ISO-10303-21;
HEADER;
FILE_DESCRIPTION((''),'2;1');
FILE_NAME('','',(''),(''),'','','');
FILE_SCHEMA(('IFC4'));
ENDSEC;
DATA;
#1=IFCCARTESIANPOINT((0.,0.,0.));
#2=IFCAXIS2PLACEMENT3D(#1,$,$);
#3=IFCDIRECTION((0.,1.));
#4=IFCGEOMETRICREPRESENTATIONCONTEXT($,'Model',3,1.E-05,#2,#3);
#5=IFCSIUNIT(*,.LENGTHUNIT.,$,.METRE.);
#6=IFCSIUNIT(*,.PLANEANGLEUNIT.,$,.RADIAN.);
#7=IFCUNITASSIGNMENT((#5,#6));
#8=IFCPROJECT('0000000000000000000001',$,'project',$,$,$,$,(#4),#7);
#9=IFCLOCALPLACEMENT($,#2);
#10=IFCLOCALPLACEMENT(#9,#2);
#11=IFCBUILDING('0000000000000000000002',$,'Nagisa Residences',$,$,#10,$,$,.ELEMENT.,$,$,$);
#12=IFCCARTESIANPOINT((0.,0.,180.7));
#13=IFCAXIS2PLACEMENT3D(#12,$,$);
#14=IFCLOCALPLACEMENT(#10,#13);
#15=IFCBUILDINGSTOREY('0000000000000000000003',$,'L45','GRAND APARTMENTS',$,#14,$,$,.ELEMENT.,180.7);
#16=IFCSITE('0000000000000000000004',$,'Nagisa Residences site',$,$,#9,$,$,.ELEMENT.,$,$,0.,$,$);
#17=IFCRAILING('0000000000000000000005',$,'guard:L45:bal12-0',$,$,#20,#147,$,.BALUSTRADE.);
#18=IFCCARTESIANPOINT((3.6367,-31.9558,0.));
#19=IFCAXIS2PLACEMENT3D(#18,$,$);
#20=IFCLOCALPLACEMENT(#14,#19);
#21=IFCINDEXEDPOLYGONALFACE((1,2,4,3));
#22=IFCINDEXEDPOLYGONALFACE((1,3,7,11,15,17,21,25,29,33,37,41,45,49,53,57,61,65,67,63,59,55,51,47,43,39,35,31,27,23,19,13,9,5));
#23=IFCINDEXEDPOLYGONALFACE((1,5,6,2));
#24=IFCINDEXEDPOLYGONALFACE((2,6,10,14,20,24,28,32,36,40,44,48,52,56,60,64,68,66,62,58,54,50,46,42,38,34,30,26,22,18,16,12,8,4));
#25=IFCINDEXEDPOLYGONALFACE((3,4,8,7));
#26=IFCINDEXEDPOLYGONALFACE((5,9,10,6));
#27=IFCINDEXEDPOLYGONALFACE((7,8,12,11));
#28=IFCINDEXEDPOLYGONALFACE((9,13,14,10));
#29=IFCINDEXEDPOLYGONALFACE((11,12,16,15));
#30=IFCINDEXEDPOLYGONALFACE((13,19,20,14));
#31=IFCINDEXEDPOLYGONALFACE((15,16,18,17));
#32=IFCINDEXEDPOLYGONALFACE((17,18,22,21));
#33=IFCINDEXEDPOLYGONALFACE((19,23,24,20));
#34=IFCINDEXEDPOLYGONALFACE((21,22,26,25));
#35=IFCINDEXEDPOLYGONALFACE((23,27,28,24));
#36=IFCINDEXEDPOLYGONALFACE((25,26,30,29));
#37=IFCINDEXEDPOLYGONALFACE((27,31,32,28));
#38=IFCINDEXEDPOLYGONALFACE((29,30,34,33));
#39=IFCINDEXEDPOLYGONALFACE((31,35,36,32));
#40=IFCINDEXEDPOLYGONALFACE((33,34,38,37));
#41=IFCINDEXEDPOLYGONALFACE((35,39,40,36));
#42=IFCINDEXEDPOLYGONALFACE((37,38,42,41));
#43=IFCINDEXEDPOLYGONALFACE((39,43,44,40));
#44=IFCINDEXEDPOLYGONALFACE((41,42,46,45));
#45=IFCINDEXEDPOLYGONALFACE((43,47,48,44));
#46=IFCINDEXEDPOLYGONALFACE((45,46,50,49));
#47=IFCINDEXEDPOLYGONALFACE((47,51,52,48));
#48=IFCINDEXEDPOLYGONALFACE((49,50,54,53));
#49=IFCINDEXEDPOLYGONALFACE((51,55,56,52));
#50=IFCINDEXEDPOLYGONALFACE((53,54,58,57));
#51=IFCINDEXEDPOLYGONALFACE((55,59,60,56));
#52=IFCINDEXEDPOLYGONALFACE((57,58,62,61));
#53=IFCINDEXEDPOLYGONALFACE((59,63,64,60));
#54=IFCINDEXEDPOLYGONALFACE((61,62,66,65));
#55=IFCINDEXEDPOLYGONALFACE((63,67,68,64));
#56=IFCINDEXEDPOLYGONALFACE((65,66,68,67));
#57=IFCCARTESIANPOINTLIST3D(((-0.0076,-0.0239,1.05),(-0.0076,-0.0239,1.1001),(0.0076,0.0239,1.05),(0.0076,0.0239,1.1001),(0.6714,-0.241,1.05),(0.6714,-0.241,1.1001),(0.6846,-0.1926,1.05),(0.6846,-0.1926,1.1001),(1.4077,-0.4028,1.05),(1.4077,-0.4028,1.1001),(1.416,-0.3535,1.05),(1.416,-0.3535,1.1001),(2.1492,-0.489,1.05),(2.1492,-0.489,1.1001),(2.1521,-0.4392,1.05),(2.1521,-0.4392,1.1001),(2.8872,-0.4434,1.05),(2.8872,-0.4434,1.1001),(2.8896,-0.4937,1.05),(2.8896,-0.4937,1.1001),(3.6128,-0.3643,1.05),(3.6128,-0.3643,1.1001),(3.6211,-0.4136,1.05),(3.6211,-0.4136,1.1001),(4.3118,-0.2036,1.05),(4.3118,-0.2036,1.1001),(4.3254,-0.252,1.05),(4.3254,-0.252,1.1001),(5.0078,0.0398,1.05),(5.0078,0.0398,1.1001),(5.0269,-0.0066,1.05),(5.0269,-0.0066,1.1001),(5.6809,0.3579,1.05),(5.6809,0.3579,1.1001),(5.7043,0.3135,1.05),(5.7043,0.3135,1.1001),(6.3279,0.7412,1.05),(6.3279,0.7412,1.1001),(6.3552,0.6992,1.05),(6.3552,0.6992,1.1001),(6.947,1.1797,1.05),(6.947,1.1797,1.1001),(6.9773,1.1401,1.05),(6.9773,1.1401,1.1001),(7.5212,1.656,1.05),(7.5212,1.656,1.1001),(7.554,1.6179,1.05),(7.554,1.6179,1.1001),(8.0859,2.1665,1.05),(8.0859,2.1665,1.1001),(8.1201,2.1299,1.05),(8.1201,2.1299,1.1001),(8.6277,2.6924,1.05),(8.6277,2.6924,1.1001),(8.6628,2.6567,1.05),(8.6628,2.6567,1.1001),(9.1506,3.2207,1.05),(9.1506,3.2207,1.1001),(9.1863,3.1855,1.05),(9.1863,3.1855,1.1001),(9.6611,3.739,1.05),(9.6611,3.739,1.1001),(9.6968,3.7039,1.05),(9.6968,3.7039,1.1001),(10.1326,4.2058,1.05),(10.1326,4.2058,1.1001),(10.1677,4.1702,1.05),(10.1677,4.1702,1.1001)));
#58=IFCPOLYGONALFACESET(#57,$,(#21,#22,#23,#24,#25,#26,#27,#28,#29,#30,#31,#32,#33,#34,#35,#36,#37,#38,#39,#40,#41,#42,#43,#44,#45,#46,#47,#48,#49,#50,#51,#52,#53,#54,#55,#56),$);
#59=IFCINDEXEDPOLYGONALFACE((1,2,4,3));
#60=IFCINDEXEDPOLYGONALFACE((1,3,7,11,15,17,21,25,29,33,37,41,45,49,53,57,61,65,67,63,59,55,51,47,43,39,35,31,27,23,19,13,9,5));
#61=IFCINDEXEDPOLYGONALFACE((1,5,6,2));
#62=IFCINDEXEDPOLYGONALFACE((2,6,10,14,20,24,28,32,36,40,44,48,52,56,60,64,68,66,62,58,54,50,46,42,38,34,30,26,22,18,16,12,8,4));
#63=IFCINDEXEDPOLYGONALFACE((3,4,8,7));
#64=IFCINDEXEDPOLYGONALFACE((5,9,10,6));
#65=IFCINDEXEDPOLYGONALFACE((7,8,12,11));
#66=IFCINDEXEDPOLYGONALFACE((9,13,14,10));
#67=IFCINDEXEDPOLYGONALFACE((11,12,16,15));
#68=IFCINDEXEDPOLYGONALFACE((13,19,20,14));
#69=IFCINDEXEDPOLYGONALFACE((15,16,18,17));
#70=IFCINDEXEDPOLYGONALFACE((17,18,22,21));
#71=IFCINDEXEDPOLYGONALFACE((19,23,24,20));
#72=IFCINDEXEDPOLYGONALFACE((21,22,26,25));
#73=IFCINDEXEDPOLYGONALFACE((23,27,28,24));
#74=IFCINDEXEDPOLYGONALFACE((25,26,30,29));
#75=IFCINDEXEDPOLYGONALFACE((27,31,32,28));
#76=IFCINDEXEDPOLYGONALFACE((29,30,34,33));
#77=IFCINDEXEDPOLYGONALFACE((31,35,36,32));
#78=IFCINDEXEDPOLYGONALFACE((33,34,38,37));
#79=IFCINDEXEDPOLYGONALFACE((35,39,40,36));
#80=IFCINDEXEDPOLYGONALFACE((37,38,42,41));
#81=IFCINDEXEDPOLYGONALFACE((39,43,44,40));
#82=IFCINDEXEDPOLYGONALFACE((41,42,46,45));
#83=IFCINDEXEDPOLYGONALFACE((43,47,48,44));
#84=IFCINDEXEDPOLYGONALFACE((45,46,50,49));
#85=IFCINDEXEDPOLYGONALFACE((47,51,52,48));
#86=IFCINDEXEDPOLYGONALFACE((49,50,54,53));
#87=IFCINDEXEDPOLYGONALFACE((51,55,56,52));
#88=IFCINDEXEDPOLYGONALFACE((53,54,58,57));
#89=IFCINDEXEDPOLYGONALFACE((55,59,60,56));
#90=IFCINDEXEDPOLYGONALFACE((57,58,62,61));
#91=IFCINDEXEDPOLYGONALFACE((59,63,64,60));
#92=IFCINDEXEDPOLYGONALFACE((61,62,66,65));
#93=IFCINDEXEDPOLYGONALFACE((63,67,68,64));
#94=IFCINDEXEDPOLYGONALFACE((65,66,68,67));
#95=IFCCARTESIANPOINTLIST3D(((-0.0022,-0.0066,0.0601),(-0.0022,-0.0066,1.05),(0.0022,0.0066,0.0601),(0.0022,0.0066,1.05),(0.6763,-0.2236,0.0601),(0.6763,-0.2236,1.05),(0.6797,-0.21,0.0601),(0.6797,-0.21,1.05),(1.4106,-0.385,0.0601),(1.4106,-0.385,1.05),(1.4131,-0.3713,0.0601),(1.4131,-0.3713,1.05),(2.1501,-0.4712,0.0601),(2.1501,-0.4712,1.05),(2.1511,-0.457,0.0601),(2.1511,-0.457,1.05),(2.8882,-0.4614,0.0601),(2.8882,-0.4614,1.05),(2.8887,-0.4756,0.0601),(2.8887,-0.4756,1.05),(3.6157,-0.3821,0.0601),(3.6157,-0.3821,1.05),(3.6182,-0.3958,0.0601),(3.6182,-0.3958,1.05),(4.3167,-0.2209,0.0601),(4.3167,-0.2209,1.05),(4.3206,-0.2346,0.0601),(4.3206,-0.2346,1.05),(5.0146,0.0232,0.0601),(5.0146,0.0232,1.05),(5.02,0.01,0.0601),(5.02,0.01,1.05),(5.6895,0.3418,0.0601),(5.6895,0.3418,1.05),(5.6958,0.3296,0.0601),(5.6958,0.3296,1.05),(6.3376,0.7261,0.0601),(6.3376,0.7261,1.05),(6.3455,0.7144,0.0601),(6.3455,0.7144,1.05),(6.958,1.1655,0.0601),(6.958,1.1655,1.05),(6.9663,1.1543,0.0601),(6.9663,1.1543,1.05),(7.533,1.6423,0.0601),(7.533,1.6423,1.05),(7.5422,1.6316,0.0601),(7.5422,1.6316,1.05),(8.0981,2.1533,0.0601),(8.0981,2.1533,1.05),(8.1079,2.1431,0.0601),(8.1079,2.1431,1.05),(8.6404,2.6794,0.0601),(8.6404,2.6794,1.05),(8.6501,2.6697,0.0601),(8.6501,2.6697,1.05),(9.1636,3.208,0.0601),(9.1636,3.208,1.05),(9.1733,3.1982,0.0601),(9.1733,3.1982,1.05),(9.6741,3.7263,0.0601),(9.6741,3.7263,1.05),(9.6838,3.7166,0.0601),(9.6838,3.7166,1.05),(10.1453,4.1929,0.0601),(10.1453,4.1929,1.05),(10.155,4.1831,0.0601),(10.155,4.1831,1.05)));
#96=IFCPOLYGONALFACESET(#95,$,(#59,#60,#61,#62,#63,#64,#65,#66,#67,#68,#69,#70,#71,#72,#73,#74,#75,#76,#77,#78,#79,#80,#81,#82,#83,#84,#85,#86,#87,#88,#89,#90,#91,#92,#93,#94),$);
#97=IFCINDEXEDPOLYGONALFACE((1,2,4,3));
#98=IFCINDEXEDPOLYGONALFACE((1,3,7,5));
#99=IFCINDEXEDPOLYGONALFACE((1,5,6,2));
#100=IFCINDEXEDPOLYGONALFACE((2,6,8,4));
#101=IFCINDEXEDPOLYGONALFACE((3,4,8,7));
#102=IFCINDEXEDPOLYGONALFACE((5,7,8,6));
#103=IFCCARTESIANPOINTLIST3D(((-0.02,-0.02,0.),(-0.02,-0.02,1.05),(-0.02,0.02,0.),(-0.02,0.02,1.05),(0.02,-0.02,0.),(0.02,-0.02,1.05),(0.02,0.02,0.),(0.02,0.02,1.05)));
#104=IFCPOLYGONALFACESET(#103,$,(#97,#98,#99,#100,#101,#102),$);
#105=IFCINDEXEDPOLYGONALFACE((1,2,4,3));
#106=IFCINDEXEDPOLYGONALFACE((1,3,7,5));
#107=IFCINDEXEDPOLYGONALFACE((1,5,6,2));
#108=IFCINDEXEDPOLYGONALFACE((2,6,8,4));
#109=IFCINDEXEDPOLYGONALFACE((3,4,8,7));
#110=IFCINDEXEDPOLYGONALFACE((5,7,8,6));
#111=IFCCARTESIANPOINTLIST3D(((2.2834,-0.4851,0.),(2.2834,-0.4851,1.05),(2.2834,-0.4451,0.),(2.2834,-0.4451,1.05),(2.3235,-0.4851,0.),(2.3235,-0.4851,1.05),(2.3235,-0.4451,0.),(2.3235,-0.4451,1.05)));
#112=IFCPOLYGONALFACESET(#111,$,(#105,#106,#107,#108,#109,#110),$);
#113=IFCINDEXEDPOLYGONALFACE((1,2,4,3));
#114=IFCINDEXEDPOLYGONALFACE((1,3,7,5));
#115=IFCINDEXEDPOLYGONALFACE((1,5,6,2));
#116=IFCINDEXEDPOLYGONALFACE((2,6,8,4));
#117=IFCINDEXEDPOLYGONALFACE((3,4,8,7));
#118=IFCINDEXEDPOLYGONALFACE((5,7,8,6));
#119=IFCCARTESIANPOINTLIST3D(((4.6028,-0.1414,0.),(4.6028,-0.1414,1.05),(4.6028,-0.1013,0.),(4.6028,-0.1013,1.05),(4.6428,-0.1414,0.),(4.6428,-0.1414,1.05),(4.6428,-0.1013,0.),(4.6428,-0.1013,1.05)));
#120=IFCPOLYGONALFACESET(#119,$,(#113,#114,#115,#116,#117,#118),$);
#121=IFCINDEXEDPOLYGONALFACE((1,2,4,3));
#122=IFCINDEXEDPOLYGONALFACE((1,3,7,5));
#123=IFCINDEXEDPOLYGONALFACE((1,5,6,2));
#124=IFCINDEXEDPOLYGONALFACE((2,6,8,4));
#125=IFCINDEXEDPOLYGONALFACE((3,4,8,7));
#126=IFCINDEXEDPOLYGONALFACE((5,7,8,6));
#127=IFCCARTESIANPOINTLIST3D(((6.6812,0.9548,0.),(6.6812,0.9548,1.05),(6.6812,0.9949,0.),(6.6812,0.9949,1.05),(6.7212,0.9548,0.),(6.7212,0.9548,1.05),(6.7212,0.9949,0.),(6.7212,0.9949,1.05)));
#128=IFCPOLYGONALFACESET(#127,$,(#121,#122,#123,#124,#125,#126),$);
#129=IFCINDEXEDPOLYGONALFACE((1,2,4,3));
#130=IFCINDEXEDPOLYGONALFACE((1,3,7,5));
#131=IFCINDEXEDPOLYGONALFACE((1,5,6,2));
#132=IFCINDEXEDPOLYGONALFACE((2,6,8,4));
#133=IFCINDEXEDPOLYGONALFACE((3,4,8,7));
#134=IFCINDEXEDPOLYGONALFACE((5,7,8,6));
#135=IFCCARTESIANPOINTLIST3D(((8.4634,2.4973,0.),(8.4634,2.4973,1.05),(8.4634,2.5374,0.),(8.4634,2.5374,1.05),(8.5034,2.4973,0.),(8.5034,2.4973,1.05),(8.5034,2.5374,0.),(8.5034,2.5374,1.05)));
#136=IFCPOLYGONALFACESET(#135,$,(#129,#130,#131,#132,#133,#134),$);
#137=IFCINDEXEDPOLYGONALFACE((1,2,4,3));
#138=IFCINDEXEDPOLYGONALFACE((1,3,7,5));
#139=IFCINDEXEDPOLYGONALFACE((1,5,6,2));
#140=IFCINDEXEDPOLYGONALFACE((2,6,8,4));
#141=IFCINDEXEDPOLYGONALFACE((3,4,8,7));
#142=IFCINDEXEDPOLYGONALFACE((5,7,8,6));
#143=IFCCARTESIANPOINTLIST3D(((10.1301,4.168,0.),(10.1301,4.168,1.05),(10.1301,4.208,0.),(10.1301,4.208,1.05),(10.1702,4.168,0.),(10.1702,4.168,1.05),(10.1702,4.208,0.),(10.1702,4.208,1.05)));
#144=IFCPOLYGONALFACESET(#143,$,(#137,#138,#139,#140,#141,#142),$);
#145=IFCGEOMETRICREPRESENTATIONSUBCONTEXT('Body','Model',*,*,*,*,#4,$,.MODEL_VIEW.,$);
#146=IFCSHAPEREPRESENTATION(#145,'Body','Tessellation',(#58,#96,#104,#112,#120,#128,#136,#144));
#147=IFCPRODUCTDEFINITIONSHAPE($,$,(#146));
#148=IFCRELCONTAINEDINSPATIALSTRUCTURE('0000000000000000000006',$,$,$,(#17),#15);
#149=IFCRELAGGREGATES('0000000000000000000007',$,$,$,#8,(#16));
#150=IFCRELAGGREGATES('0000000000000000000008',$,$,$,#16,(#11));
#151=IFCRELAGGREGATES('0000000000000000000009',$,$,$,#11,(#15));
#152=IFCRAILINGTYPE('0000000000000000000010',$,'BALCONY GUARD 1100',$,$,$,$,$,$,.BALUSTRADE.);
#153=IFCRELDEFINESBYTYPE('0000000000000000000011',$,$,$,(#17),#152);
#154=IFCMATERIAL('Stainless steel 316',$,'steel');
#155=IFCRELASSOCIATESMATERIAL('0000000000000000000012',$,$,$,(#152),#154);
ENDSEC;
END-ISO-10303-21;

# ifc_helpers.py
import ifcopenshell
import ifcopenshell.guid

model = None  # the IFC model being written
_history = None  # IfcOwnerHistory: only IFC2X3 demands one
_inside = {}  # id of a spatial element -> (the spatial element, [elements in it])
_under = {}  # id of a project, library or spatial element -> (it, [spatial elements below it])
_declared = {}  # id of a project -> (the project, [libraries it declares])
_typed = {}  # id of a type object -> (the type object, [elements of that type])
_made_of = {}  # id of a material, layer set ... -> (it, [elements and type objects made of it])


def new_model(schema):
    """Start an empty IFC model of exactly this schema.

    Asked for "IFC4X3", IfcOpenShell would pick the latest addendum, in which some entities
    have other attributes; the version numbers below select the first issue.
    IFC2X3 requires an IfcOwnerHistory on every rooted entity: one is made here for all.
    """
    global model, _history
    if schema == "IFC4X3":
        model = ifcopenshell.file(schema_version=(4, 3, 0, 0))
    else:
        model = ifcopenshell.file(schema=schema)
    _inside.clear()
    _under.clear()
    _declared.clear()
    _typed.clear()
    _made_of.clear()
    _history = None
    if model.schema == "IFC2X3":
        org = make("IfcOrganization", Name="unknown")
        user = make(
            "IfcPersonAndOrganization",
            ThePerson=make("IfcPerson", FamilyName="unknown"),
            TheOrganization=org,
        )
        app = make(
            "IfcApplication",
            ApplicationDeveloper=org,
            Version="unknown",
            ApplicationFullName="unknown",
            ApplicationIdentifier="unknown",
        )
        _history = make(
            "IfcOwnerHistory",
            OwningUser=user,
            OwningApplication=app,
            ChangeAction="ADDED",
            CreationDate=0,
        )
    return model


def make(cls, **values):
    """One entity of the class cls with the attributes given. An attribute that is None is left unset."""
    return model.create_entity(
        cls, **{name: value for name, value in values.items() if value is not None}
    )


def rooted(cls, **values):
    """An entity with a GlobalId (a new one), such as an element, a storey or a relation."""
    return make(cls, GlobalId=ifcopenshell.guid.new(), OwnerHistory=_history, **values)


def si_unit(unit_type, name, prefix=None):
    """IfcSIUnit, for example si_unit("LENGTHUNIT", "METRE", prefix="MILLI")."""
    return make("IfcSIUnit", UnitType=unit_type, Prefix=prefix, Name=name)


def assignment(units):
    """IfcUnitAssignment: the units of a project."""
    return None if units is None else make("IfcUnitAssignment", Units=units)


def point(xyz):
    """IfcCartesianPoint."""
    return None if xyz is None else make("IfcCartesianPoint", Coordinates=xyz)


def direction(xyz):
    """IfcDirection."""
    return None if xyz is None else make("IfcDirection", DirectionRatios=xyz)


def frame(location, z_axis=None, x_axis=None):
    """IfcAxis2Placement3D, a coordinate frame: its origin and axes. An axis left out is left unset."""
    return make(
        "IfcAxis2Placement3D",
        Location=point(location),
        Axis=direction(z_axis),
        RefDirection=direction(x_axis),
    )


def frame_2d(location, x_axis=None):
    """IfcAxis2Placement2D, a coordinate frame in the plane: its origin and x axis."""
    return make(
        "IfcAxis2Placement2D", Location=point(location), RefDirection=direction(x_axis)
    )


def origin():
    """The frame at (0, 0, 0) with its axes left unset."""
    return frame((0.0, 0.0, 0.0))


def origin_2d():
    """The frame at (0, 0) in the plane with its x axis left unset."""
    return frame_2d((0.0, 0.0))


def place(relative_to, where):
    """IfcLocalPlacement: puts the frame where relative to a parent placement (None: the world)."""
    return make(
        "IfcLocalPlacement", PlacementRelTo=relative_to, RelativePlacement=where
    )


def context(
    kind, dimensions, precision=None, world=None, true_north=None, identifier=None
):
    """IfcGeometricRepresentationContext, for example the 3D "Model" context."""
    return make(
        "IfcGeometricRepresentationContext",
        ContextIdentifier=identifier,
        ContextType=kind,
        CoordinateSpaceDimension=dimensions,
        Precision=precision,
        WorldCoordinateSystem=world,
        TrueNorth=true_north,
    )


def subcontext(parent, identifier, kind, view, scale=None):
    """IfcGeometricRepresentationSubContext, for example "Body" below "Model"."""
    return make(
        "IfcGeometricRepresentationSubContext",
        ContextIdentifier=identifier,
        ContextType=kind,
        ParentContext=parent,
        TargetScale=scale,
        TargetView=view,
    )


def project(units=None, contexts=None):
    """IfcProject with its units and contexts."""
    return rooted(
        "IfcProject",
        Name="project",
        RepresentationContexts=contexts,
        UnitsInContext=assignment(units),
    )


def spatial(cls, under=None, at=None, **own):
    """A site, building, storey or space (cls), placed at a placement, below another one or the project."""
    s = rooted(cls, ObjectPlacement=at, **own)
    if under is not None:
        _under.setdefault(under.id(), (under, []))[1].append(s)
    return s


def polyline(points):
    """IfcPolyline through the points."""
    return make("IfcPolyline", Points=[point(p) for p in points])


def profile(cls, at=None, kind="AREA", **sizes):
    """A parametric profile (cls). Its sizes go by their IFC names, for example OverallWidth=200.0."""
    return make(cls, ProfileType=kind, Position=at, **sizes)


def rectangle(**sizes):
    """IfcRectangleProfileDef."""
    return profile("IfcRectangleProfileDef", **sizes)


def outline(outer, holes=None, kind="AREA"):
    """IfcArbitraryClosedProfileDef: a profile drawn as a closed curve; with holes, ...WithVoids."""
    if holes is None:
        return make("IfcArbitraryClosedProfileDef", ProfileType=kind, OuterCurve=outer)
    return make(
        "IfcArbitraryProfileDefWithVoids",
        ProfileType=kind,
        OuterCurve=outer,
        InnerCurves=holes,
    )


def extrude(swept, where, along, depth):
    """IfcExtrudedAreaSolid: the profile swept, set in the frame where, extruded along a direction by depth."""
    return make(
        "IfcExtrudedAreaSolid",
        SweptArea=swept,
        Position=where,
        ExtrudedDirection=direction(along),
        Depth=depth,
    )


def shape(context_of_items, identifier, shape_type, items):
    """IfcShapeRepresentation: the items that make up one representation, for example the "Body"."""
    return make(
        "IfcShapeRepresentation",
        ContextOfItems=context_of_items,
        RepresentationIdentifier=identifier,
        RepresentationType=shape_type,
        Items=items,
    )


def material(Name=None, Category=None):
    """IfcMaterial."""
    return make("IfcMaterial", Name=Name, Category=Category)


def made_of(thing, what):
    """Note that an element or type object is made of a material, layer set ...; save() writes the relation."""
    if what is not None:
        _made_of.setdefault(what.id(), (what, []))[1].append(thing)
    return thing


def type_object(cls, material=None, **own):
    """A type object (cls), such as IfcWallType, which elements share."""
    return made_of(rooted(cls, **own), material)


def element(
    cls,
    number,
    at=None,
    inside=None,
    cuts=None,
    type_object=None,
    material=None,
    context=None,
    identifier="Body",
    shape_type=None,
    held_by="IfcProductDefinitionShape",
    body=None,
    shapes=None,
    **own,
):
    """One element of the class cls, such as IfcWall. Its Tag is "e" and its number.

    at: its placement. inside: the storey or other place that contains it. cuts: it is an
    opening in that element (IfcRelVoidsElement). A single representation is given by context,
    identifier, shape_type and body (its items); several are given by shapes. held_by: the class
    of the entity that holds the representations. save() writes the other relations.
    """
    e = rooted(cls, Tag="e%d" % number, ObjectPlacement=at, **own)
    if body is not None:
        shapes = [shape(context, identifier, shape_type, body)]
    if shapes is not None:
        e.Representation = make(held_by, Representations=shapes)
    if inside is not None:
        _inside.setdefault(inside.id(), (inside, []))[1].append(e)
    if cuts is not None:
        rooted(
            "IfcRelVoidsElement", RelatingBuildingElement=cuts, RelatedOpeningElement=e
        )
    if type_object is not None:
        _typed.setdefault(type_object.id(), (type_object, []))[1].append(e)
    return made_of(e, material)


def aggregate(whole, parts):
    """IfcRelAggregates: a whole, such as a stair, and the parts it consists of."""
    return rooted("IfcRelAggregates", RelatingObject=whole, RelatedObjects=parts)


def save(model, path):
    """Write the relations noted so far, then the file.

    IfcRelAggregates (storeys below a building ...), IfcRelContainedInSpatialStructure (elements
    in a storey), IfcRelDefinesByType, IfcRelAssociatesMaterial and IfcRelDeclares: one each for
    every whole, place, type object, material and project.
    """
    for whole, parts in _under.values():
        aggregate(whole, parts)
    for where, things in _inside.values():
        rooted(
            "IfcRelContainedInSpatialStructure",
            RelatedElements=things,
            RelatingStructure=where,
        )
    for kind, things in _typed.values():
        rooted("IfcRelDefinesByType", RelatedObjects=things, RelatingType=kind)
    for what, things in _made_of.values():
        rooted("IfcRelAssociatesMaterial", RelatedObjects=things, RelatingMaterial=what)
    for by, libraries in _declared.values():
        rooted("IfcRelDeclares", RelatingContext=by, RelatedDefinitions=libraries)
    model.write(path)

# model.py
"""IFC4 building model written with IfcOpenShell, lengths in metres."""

from ifc_helpers import new_model, si_unit, direction, frame, origin, origin_2d, place, context, subcontext, project, spatial, polyline, rectangle, outline, extrude, material, type_object, element, save


model = new_model("IFC4")

# Units and contexts
model_context = context("Model", 3, precision=1e-05, world=origin(), true_north=direction((0.0, 1.0)))
body_context = subcontext(model_context, "Body", "Model", "MODEL_VIEW")
ifc_project = project(units=[si_unit("LENGTHUNIT", "METRE"), si_unit("PLANEANGLEUNIT", "RADIAN")], contexts=[model_context])

# Site, building, storey
site_placement = place(None, origin())
site = spatial("IfcSite", under=ifc_project, at=site_placement, Name="Nagisa Residences site", CompositionType="ELEMENT", RefElevation=0.0)
building_placement = place(site_placement, origin())
building = spatial("IfcBuilding", under=site, at=building_placement, Name="Nagisa Residences", CompositionType="ELEMENT")
storey_placement = place(building_placement, frame((0.0, 0.0, 180.7)))
storey = spatial("IfcBuildingStorey", under=building, at=storey_placement, Name="L45", Description="GRAND APARTMENTS", CompositionType="ELEMENT", Elevation=180.7)

# Railing
ifc_material_1 = material(Name="Stainless steel 316", Category="steel")
railing_type = type_object("IfcRailingType", Name="BALCONY GUARD 1100", PredefinedType="BALUSTRADE", material=ifc_material_1)
railing_placement = place(storey_placement, frame((3.6367, -31.9558, 0.0)))
element("IfcRailing", 1, at=railing_placement, inside=storey, type_object=railing_type, Name="guard:L45:bal12-0", PredefinedType="BALUSTRADE", context=body_context, shape_type="SweptSolid", body=[
    extrude(outline(polyline([(0.6846, -0.1926), (0.0076, 0.0239), (-0.0076, -0.0239), (0.6714, -0.241), (1.4077, -0.4028), (2.1492, -0.489), (2.8896, -0.4937), (3.6211, -0.4136), (4.3254, -0.252), (5.0269, -0.0066), (5.7043, 0.3135), (6.3552, 0.6992), (6.9773, 1.1401), (7.554, 1.6179), (8.1201, 2.1299), (8.6628, 2.6567), (9.1863, 3.1855), (9.6968, 3.7039), (10.1677, 4.1702), (10.1326, 4.2058), (9.6611, 3.739), (9.1506, 3.2207), (8.6277, 2.6924), (8.0859, 2.1665), (7.5212, 1.656), (6.947, 1.1797), (6.3279, 0.7412), (5.6809, 0.3579), (5.0078, 0.0398), (4.3118, -0.2036), (3.6128, -0.3643), (2.8872, -0.4434), (2.1521, -0.4392), (1.416, -0.3535), (0.6846, -0.1926)])), frame((0.0, 0.0, 1.05)), (0.0, 0.0, 1.0), 0.05),
    extrude(outline(polyline([(0.6797, -0.21), (0.0022, 0.0066), (-0.0022, -0.0066), (0.6763, -0.2236), (1.4106, -0.385), (2.1501, -0.4712), (2.8887, -0.4756), (3.6182, -0.3958), (4.3206, -0.2346), (5.02, 0.01), (5.6958, 0.3296), (6.3455, 0.7144), (6.9663, 1.1543), (7.5422, 1.6316), (8.1079, 2.1431), (8.6501, 2.6697), (9.1733, 3.1982), (9.6838, 3.7166), (10.155, 4.1831), (10.1453, 4.1929), (9.6741, 3.7263), (9.1636, 3.208), (8.6404, 2.6794), (8.0981, 2.1533), (7.533, 1.6423), (6.958, 1.1655), (6.3376, 0.7261), (5.6895, 0.3418), (5.0146, 0.0232), (4.3167, -0.2209), (3.6157, -0.3821), (2.8882, -0.4614), (2.1511, -0.457), (1.4131, -0.3713), (0.6797, -0.21)])), frame((0.0, 0.0, 0.0601)), (0.0, 0.0, 1.0), 0.99),
    extrude(rectangle(XDim=0.04, YDim=0.04, at=origin_2d()), origin(), (0.0, 0.0, 1.0), 1.05),
    extrude(rectangle(XDim=0.04, YDim=0.04, at=origin_2d()), frame((2.3035, -0.4651, 0.0)), (0.0, 0.0, 1.0), 1.05),
    extrude(rectangle(XDim=0.04, YDim=0.04, at=origin_2d()), frame((4.6228, -0.1213, 0.0)), (0.0, 0.0, 1.0), 1.05),
    extrude(rectangle(XDim=0.04, YDim=0.04, at=origin_2d()), frame((6.7012, 0.9749, 0.0)), (0.0, 0.0, 1.0), 1.05),
    extrude(rectangle(XDim=0.04, YDim=0.04, at=origin_2d()), frame((8.4834, 2.5173, 0.0)), (0.0, 0.0, 1.0), 1.05),
    extrude(rectangle(XDim=0.04, YDim=0.04, at=origin_2d()), frame((10.1501, 4.188, 0.0)), (0.0, 0.0, 1.0), 1.05),
])

save(model, "model.ifc")
